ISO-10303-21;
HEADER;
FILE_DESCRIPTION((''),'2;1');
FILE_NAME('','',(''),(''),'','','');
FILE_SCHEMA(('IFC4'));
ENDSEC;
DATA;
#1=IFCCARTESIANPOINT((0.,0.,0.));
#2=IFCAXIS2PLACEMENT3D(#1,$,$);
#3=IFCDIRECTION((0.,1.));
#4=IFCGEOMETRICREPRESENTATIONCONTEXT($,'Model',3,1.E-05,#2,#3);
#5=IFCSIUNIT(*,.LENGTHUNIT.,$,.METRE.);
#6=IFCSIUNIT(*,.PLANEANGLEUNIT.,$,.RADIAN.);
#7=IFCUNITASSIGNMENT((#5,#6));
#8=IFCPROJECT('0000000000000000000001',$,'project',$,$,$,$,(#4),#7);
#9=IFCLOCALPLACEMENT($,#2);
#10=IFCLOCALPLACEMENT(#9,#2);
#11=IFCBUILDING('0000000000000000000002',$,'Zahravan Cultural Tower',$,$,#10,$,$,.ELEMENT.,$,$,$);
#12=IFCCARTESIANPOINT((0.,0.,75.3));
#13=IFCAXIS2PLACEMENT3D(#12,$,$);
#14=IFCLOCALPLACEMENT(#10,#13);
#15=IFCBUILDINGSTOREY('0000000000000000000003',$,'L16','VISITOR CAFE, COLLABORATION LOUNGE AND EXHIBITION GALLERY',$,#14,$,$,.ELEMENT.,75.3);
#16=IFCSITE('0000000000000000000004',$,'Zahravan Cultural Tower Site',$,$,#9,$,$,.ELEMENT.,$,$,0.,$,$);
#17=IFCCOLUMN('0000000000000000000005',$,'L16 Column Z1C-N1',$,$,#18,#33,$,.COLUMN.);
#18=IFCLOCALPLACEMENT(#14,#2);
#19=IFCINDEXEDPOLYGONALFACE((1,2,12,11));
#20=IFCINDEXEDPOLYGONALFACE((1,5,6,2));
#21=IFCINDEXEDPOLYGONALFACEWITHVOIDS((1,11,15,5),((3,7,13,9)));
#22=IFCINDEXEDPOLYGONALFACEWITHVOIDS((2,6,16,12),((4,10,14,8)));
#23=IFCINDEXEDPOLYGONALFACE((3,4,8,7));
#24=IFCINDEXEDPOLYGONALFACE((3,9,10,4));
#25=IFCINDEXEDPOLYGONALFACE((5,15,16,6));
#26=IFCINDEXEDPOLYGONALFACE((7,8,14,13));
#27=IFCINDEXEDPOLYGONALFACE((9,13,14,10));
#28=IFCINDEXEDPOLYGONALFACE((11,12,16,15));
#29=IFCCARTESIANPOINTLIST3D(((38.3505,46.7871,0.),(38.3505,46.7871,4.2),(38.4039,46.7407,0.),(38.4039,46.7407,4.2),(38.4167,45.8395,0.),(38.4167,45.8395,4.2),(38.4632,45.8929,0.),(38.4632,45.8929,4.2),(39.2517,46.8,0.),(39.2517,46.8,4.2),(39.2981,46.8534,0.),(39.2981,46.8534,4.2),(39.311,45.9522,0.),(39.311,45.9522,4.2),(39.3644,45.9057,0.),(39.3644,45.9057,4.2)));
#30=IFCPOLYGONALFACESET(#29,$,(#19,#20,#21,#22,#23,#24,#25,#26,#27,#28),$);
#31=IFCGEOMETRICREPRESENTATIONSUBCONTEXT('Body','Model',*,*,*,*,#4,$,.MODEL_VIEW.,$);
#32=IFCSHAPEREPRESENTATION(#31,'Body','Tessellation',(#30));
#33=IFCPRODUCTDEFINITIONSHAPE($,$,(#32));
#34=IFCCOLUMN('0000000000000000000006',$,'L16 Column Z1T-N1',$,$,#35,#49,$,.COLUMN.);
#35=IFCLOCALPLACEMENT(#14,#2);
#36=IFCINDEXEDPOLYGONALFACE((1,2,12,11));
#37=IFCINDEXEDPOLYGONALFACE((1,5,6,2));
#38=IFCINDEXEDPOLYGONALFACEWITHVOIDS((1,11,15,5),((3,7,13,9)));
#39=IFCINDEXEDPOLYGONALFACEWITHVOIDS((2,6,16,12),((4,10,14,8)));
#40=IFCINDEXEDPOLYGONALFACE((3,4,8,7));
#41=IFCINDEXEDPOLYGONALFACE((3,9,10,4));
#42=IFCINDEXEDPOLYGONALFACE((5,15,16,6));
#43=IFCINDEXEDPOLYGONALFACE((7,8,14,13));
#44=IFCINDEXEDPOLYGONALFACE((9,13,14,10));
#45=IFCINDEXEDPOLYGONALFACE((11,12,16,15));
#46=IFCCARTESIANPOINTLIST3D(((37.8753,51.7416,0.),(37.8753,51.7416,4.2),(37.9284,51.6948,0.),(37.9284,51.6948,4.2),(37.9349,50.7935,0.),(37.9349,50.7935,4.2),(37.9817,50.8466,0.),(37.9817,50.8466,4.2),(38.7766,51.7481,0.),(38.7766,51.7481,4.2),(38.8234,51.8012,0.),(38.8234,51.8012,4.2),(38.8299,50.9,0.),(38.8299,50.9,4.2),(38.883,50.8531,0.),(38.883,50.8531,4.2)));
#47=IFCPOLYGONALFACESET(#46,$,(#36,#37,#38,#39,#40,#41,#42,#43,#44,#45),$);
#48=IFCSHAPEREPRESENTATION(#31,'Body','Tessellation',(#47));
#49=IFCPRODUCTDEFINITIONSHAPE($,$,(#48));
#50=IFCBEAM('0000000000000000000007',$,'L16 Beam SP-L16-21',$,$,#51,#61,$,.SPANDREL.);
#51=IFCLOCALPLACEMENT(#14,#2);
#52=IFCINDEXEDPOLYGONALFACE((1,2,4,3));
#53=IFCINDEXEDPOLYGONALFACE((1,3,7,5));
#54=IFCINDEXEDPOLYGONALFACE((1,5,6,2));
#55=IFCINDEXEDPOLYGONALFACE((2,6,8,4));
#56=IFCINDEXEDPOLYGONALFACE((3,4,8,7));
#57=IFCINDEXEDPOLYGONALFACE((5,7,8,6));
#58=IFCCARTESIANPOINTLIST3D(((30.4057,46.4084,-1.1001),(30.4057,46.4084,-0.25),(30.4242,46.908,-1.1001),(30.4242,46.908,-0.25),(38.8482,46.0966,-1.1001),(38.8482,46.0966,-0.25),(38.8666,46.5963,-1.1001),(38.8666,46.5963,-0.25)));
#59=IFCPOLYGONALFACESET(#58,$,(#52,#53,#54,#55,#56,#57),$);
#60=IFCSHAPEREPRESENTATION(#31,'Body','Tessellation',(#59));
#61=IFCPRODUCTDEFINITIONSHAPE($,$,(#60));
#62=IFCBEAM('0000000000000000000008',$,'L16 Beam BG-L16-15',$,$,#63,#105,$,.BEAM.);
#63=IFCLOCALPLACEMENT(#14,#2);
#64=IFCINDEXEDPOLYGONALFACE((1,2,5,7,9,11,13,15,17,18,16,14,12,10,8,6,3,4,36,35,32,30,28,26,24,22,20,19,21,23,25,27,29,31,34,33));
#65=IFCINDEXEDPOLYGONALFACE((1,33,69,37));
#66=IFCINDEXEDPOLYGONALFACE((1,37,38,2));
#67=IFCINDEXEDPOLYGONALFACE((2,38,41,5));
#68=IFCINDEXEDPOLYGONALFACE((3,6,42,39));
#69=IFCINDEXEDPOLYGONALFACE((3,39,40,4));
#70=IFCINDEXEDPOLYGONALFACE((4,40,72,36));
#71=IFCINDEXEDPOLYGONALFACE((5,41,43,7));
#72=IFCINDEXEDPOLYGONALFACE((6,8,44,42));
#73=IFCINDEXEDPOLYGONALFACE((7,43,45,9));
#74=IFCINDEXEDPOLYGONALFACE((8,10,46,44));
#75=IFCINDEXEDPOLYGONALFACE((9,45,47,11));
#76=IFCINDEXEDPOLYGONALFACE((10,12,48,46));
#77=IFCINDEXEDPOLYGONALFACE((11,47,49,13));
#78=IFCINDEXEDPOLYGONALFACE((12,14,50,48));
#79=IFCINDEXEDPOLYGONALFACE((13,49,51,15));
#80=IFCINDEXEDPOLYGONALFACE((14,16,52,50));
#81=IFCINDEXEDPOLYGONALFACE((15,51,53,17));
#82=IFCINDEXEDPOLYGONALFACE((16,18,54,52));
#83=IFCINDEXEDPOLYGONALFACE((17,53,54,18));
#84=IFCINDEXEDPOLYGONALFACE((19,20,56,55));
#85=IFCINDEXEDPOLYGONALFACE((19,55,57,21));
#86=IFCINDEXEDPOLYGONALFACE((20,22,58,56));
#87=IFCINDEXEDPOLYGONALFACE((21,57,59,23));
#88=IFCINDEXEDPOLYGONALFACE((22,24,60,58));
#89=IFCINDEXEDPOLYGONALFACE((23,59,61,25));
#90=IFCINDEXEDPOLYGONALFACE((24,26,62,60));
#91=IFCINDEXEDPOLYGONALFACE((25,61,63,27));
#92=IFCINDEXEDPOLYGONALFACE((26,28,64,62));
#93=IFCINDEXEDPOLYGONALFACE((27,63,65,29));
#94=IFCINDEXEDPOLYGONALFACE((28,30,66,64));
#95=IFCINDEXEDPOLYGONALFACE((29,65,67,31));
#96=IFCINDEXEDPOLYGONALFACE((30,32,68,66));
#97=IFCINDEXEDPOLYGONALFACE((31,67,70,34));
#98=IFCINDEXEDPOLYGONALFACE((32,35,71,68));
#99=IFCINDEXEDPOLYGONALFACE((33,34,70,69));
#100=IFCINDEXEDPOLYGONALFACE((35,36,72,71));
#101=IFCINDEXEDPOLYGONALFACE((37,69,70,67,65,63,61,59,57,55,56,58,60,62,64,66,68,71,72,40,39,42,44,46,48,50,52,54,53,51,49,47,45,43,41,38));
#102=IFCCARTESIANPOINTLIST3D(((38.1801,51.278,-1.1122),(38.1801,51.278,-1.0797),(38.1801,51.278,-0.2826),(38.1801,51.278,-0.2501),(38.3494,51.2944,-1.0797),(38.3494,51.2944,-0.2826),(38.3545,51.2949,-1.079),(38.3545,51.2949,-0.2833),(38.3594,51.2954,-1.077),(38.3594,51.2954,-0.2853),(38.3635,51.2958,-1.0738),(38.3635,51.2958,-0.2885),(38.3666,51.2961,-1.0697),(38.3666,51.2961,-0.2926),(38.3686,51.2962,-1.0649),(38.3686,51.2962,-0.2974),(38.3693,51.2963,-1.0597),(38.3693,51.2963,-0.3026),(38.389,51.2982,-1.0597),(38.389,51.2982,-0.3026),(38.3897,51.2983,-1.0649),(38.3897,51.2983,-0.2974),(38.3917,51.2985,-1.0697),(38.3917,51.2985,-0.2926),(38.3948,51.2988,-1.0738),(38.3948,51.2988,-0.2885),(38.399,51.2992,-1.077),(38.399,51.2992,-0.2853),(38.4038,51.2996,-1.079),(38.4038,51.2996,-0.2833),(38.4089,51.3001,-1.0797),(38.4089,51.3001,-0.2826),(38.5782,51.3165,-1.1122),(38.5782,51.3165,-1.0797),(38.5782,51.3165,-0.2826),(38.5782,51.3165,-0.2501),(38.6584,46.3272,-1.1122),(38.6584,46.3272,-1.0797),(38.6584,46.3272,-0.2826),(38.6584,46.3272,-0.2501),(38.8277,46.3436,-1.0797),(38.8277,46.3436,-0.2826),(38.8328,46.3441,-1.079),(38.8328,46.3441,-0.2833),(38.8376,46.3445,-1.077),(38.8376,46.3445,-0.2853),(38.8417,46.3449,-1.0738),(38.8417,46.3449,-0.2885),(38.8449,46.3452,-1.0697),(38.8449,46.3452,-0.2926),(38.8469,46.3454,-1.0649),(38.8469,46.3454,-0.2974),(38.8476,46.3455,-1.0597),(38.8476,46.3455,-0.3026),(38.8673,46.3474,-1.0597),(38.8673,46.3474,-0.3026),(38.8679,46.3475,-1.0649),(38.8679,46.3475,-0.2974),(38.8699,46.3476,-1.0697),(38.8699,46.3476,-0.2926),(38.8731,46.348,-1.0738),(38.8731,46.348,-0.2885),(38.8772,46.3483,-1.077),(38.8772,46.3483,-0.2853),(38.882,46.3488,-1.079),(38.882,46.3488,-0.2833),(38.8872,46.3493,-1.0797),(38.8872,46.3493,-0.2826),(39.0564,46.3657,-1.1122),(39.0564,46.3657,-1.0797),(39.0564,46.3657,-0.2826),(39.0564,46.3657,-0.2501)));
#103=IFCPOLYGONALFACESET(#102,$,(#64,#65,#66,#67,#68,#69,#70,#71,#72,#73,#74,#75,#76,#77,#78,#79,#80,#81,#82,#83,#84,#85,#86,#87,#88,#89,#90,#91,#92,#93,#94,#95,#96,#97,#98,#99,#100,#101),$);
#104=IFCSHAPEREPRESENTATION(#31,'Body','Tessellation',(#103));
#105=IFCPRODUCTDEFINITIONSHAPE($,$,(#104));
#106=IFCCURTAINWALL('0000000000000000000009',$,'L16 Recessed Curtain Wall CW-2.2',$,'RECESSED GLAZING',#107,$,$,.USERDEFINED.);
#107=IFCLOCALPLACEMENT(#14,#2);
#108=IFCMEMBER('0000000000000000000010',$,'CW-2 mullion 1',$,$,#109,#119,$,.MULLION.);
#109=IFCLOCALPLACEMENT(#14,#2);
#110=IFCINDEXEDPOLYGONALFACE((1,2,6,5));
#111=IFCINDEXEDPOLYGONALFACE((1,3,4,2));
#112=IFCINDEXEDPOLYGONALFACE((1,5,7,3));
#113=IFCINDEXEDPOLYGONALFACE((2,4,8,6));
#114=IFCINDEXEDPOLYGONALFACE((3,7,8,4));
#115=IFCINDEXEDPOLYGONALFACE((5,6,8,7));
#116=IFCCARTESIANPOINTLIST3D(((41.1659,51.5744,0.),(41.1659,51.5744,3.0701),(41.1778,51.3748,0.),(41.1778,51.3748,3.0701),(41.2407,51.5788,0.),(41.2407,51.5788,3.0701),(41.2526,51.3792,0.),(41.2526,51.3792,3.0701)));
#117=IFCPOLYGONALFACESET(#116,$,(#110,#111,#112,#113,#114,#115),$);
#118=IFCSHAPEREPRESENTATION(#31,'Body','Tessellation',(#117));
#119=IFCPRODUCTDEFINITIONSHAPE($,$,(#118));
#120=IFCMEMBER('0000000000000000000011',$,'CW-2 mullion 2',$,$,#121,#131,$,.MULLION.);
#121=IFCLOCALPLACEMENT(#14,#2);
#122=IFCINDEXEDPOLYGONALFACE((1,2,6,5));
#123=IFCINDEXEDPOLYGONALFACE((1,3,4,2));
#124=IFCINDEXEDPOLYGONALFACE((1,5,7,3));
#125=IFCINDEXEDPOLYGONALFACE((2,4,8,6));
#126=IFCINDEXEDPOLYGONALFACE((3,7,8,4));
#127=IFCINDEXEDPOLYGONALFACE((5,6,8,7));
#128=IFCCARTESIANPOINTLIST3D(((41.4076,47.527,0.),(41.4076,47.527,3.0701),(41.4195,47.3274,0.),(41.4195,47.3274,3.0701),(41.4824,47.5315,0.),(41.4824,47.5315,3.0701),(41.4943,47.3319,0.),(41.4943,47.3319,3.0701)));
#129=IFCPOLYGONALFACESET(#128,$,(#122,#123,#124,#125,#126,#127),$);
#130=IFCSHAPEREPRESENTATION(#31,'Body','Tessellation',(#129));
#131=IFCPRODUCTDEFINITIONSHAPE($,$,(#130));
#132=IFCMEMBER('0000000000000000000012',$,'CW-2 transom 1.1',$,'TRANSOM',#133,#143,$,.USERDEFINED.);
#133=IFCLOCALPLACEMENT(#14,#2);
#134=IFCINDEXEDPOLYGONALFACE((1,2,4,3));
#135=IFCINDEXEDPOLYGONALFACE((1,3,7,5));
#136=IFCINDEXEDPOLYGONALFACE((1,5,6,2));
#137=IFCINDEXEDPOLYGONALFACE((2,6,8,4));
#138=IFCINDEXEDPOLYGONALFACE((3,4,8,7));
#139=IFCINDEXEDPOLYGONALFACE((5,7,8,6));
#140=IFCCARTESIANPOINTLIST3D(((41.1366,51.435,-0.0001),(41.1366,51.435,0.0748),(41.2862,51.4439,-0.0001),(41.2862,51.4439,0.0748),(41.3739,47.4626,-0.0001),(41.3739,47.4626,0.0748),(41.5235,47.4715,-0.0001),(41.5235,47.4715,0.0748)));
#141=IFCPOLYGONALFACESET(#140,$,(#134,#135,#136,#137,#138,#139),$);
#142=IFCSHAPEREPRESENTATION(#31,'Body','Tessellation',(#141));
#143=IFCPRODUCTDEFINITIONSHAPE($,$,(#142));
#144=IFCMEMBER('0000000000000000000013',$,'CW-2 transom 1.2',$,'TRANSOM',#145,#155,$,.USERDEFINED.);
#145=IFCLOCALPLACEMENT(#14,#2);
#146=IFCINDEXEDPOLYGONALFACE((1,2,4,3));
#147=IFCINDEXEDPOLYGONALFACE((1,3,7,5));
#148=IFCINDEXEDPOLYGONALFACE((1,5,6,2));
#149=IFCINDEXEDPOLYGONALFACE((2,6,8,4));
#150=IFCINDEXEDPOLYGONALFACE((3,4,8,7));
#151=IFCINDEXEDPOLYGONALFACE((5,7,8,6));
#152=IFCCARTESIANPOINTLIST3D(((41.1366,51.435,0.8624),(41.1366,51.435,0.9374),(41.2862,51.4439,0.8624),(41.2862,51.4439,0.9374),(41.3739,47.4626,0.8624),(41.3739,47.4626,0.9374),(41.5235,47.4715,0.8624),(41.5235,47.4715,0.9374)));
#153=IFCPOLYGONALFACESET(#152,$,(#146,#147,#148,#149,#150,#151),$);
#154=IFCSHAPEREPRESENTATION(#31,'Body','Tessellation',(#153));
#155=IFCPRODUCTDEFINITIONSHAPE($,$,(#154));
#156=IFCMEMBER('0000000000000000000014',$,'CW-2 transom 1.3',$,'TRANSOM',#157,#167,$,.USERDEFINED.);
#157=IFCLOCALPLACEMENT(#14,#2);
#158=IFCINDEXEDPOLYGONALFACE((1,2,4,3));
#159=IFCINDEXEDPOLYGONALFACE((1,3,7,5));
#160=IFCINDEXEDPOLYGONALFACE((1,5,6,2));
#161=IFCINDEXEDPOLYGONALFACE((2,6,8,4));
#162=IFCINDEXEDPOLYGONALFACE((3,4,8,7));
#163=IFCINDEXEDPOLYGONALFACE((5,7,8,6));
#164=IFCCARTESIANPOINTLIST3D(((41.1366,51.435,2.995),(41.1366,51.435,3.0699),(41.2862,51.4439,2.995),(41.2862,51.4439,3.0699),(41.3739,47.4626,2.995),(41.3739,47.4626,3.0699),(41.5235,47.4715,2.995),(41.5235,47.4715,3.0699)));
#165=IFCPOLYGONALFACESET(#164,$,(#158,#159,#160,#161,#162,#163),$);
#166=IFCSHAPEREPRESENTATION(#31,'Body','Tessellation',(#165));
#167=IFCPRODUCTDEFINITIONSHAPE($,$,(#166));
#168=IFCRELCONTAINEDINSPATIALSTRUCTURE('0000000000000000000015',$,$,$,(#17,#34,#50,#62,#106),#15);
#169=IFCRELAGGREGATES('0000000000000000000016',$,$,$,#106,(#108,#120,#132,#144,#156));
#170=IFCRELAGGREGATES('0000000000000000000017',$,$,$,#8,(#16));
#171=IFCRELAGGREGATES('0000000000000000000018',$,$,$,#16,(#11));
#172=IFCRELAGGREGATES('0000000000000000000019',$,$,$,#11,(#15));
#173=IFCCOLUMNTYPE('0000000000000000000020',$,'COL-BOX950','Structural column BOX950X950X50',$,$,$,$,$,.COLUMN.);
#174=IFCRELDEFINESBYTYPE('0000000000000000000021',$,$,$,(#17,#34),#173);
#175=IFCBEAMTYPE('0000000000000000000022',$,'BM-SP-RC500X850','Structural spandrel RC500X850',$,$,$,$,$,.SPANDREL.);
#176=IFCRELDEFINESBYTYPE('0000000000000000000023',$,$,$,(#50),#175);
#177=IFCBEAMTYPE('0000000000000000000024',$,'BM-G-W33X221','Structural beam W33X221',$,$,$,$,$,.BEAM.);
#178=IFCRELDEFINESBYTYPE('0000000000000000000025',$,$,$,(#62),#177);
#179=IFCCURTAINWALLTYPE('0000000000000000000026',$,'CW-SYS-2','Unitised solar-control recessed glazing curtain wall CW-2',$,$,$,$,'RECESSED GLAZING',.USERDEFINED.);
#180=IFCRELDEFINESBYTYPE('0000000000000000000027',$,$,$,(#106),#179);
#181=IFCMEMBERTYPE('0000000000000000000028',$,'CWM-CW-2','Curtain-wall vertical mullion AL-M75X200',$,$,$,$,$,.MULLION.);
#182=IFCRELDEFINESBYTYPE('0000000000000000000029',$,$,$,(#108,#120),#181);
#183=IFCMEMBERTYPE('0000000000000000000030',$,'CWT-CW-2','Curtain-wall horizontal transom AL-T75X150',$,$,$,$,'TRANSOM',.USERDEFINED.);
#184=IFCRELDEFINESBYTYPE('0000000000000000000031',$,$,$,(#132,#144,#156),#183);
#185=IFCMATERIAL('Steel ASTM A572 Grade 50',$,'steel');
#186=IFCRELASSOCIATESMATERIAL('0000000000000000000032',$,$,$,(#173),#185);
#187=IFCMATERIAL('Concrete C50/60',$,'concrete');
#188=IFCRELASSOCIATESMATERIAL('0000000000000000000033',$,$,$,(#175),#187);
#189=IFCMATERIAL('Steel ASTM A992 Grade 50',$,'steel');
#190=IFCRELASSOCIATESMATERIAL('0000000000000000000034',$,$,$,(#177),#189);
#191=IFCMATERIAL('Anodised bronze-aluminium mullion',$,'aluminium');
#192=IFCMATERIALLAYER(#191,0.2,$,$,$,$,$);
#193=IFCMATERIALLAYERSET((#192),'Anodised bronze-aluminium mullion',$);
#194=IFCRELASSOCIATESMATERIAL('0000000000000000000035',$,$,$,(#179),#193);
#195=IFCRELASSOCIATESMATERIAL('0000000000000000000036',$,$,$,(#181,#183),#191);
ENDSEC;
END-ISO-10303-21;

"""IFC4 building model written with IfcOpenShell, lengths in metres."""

from ifc_helpers import new_model, si_unit, direction, frame, origin, origin_2d, place, context, subcontext, project, spatial, rectangle, hollow_rectangle, i_section, extrude, source, transform, mapped, material, layer, layer_set, material_profile, profile_set, type_object, element, aggregate, save


model = new_model("IFC4")

# Units and contexts
model_context = context("Model", 3, precision=1e-05, world=origin(), true_north=direction((0.0, 1.0)))
body_context = subcontext(model_context, "Body", "Model", "MODEL_VIEW")
ifc_project = project(units=[si_unit("LENGTHUNIT", "METRE"), si_unit("PLANEANGLEUNIT", "RADIAN")], contexts=[model_context])

# Site, building, storey
site_placement = place(None, origin())
site = spatial("IfcSite", under=ifc_project, at=site_placement, Name="Zahravan Cultural Tower Site", CompositionType="ELEMENT", RefElevation=0.0)
building_placement = place(site_placement, origin())
building = spatial("IfcBuilding", under=site, at=building_placement, Name="Zahravan Cultural Tower", CompositionType="ELEMENT")
storey_placement = place(building_placement, frame((0.0, 0.0, 75.3)))
storey = spatial("IfcBuildingStorey", under=building, at=storey_placement, Name="L16", Description="VISITOR CAFE, COLLABORATION LOUNGE AND EXHIBITION GALLERY", CompositionType="ELEMENT", Elevation=75.3)

# Columns
ifc_material_1 = material(Name="Steel ASTM A572 Grade 50", Category="steel")
ifc_material_profile_1 = material_profile(ifc_material_1, hollow_rectangle(XDim=0.95, YDim=0.95, WallThickness=0.05, at=origin_2d()), Name="BOX950X950X50")
ifc_profile_set_1 = profile_set([ifc_material_profile_1], Name="Steel ASTM A572 Grade 50")
column_type = type_object("IfcColumnType", Name="COL-BOX950", Description="Structural column BOX950X950X50", PredefinedType="COLUMN", material=ifc_profile_set_1)
shared_shape_1 = source(origin(), body_context, "Body", "SweptSolid", [
    extrude(hollow_rectangle(XDim=0.95, YDim=0.95, WallThickness=0.05, at=origin_2d()), origin(), (0.0, 0.0, 1.0), 4.2),
])
for number, where, z_axis, x_axis, name in (
    (1, (38.8574, 46.3464, 0.0), (0.0, 0.0, 1.0), (-0.069756, 0.997564, 0.0), "L16 Column Z1C-N1"),
    (2, (38.3792, 51.2974, 0.0), (0.0, 0.0, 1.0), (-0.062791, 0.998027, 0.0), "L16 Column Z1T-N1"),
):
    element("IfcColumn", number, at=place(storey_placement, frame(where, z_axis=z_axis, x_axis=x_axis)), inside=storey, type_object=column_type, Name=name, PredefinedType="COLUMN", context=body_context, shape_type="MappedRepresentation", body=[
        mapped(shared_shape_1, transform((0.0, 0.0, 0.0), x_axis=(1.0, 0.0, 0.0), y_axis=(0.0, 1.0, 0.0), z_axis=(0.0, 0.0, 1.0), scale=1.0)),
    ])

# Beams
ifc_material_2 = material(Name="Concrete C50/60", Category="concrete")
ifc_material_profile_2 = material_profile(ifc_material_2, rectangle(XDim=0.5, YDim=0.8501, at=origin_2d()), Name="RC500X850")
ifc_profile_set_2 = profile_set([ifc_material_profile_2], Name="Concrete C50/60")
beam_type_1 = type_object("IfcBeamType", Name="BM-SP-RC500X850", Description="Structural spandrel RC500X850", PredefinedType="SPANDREL", material=ifc_profile_set_2)
shared_shape_2 = source(origin(), body_context, "Body", "SweptSolid", [
    extrude(rectangle(XDim=0.5, YDim=0.8501, at=origin_2d()), origin(), (0.0, 0.0, 1.0), 8.4482),
])
beam_1_placement = place(storey_placement, frame((38.8574, 46.3464, -0.675), z_axis=(-0.999319, 0.036904, 0.0), x_axis=(-0.036904, -0.999319, 0.0)))
element("IfcBeam", 3, at=beam_1_placement, inside=storey, type_object=beam_type_1, Name="L16 Beam SP-L16-21", PredefinedType="SPANDREL", context=body_context, shape_type="MappedRepresentation", body=[
    mapped(shared_shape_2, transform((0.0, 0.0, 0.0), x_axis=(1.0, 0.0, 0.0), y_axis=(0.0, 1.0, 0.0), z_axis=(0.0, 0.0, 1.0), scale=1.0)),
])
ifc_material_3 = material(Name="Steel ASTM A992 Grade 50", Category="steel")
ifc_material_profile_3 = material_profile(ifc_material_3, i_section(OverallWidth=0.3999, OverallDepth=0.8621, WebThickness=0.0198, FlangeThickness=0.0325, FilletRadius=0.02, at=origin_2d()), Name="W33X221")
ifc_profile_set_3 = profile_set([ifc_material_profile_3], Name="Steel ASTM A992 Grade 50")
beam_type_2 = type_object("IfcBeamType", Name="BM-G-W33X221", Description="Structural beam W33X221", PredefinedType="BEAM", material=ifc_profile_set_3)
shared_shape_3 = source(origin(), body_context, "Body", "SweptSolid", [
    extrude(i_section(OverallWidth=0.3999, OverallDepth=0.8621, WebThickness=0.0198, FlangeThickness=0.0325, FilletRadius=0.02, at=origin_2d()), origin(), (0.0, 0.0, 1.0), 4.9739),
])
beam_2_placement = place(storey_placement, frame((38.8574, 46.3464, -0.6812), z_axis=(-0.096155, 0.995366, 0.0), x_axis=(-0.995366, -0.096155, 0.0)))
element("IfcBeam", 4, at=beam_2_placement, inside=storey, type_object=beam_type_2, Name="L16 Beam BG-L16-15", PredefinedType="BEAM", context=body_context, shape_type="MappedRepresentation", body=[
    mapped(shared_shape_3, transform((0.0, 0.0, 0.0), x_axis=(1.0, 0.0, 0.0), y_axis=(0.0, 1.0, 0.0), z_axis=(0.0, 0.0, 1.0), scale=1.0)),
])

# Curtain wall, members
ifc_material_4 = material(Name="Anodised bronze-aluminium mullion", Category="aluminium")
ifc_layer_1 = layer(ifc_material_4, 0.2)
ifc_layer_set_1 = layer_set([ifc_layer_1], Name="Anodised bronze-aluminium mullion")
curtain_wall_type = type_object("IfcCurtainWallType", Name="CW-SYS-2", Description="Unitised solar-control recessed glazing curtain wall CW-2", ElementType="RECESSED GLAZING", PredefinedType="USERDEFINED", material=ifc_layer_set_1)
curtain_wall_placement = place(storey_placement, origin())
curtain_wall = element("IfcCurtainWall", 5, at=curtain_wall_placement, inside=storey, type_object=curtain_wall_type, Name="L16 Recessed Curtain Wall CW-2.2", ObjectType="RECESSED GLAZING", PredefinedType="USERDEFINED")
ifc_material_profile_4 = material_profile(ifc_material_4, rectangle(XDim=0.075, YDim=0.2, at=origin_2d()), Name="AL-M75X200")
ifc_profile_set_4 = profile_set([ifc_material_profile_4], Name="Anodised bronze-aluminium mullion")
member_type_1 = type_object("IfcMemberType", Name="CWM-CW-2", Description="Curtain-wall vertical mullion AL-M75X200", PredefinedType="MULLION", material=ifc_profile_set_4)
shared_shape_4 = source(origin(), body_context, "Body", "SweptSolid", [
    extrude(rectangle(XDim=0.075, YDim=0.2, at=origin_2d()), origin(), (0.0, 0.0, 1.0), 3.0701),
])
member_1_placement = place(storey_placement, frame((41.2092, 51.4768, 0.0), z_axis=(0.0, 0.0, 1.0), x_axis=(0.998219, 0.059652, 0.0)))
member_1 = element("IfcMember", 6, at=member_1_placement, type_object=member_type_1, Name="CW-2 mullion 1", PredefinedType="MULLION", context=body_context, shape_type="MappedRepresentation", body=[
    mapped(shared_shape_4, transform((0.0, 0.0, 0.0), x_axis=(1.0, 0.0, 0.0), y_axis=(0.0, 1.0, 0.0), z_axis=(0.0, 0.0, 1.0), scale=1.0)),
])
member_2_placement = place(storey_placement, frame((41.4509, 47.4294, 0.0), z_axis=(0.0, 0.0, 1.0), x_axis=(0.998219, 0.059652, 0.0)))
member_2 = element("IfcMember", 7, at=member_2_placement, type_object=member_type_1, Name="CW-2 mullion 2", PredefinedType="MULLION", context=body_context, shape_type="MappedRepresentation", body=[
    mapped(shared_shape_4, transform((0.0, 0.0, 0.0), x_axis=(1.0, 0.0, 0.0), y_axis=(0.0, 1.0, 0.0), z_axis=(0.0, 0.0, 1.0), scale=1.0)),
])
ifc_material_profile_5 = material_profile(ifc_material_4, rectangle(XDim=0.1499, YDim=0.075, at=origin_2d()), Name="AL-T75X150")
ifc_profile_set_5 = profile_set([ifc_material_profile_5], Name="Anodised bronze-aluminium mullion")
member_type_2 = type_object("IfcMemberType", Name="CWT-CW-2", Description="Curtain-wall horizontal transom AL-T75X150", ElementType="TRANSOM", PredefinedType="USERDEFINED", material=ifc_profile_set_5)
shared_shape_5 = source(origin(), body_context, "Body", "SweptSolid", [
    extrude(rectangle(XDim=0.1499, YDim=0.075, at=origin_2d()), origin(), (0.0, 0.0, 1.0), 3.9795),
])
member_3_placement = place(storey_placement, frame((41.2114, 51.4395, 0.0374), z_axis=(0.059632, -0.99822, 0.0), x_axis=(0.99822, 0.059632, 0.0)))
member_3 = element("IfcMember", 8, at=member_3_placement, type_object=member_type_2, Name="CW-2 transom 1.1", ObjectType="TRANSOM", PredefinedType="USERDEFINED", context=body_context, shape_type="MappedRepresentation", body=[
    mapped(shared_shape_5, transform((0.0, 0.0, 0.0), x_axis=(1.0, 0.0, 0.0), y_axis=(0.0, 1.0, 0.0), z_axis=(0.0, 0.0, 1.0), scale=1.0)),
])
member_4_placement = place(storey_placement, frame((41.2114, 51.4395, 0.8999), z_axis=(0.059632, -0.99822, 0.0), x_axis=(0.99822, 0.059632, 0.0)))
member_4 = element("IfcMember", 9, at=member_4_placement, type_object=member_type_2, Name="CW-2 transom 1.2", ObjectType="TRANSOM", PredefinedType="USERDEFINED", context=body_context, shape_type="MappedRepresentation", body=[
    mapped(shared_shape_5, transform((0.0, 0.0, 0.0), x_axis=(1.0, 0.0, 0.0), y_axis=(0.0, 1.0, 0.0), z_axis=(0.0, 0.0, 1.0), scale=1.0)),
])
member_5_placement = place(storey_placement, frame((41.2114, 51.4395, 3.0325), z_axis=(0.059632, -0.99822, 0.0), x_axis=(0.99822, 0.059632, 0.0)))
member_5 = element("IfcMember", 10, at=member_5_placement, type_object=member_type_2, Name="CW-2 transom 1.3", ObjectType="TRANSOM", PredefinedType="USERDEFINED", context=body_context, shape_type="MappedRepresentation", body=[
    mapped(shared_shape_5, transform((0.0, 0.0, 0.0), x_axis=(1.0, 0.0, 0.0), y_axis=(0.0, 1.0, 0.0), z_axis=(0.0, 0.0, 1.0), scale=1.0)),
])
aggregate(curtain_wall, [member_1, member_2, member_3, member_4, member_5])

save(model, "model.ifc")
